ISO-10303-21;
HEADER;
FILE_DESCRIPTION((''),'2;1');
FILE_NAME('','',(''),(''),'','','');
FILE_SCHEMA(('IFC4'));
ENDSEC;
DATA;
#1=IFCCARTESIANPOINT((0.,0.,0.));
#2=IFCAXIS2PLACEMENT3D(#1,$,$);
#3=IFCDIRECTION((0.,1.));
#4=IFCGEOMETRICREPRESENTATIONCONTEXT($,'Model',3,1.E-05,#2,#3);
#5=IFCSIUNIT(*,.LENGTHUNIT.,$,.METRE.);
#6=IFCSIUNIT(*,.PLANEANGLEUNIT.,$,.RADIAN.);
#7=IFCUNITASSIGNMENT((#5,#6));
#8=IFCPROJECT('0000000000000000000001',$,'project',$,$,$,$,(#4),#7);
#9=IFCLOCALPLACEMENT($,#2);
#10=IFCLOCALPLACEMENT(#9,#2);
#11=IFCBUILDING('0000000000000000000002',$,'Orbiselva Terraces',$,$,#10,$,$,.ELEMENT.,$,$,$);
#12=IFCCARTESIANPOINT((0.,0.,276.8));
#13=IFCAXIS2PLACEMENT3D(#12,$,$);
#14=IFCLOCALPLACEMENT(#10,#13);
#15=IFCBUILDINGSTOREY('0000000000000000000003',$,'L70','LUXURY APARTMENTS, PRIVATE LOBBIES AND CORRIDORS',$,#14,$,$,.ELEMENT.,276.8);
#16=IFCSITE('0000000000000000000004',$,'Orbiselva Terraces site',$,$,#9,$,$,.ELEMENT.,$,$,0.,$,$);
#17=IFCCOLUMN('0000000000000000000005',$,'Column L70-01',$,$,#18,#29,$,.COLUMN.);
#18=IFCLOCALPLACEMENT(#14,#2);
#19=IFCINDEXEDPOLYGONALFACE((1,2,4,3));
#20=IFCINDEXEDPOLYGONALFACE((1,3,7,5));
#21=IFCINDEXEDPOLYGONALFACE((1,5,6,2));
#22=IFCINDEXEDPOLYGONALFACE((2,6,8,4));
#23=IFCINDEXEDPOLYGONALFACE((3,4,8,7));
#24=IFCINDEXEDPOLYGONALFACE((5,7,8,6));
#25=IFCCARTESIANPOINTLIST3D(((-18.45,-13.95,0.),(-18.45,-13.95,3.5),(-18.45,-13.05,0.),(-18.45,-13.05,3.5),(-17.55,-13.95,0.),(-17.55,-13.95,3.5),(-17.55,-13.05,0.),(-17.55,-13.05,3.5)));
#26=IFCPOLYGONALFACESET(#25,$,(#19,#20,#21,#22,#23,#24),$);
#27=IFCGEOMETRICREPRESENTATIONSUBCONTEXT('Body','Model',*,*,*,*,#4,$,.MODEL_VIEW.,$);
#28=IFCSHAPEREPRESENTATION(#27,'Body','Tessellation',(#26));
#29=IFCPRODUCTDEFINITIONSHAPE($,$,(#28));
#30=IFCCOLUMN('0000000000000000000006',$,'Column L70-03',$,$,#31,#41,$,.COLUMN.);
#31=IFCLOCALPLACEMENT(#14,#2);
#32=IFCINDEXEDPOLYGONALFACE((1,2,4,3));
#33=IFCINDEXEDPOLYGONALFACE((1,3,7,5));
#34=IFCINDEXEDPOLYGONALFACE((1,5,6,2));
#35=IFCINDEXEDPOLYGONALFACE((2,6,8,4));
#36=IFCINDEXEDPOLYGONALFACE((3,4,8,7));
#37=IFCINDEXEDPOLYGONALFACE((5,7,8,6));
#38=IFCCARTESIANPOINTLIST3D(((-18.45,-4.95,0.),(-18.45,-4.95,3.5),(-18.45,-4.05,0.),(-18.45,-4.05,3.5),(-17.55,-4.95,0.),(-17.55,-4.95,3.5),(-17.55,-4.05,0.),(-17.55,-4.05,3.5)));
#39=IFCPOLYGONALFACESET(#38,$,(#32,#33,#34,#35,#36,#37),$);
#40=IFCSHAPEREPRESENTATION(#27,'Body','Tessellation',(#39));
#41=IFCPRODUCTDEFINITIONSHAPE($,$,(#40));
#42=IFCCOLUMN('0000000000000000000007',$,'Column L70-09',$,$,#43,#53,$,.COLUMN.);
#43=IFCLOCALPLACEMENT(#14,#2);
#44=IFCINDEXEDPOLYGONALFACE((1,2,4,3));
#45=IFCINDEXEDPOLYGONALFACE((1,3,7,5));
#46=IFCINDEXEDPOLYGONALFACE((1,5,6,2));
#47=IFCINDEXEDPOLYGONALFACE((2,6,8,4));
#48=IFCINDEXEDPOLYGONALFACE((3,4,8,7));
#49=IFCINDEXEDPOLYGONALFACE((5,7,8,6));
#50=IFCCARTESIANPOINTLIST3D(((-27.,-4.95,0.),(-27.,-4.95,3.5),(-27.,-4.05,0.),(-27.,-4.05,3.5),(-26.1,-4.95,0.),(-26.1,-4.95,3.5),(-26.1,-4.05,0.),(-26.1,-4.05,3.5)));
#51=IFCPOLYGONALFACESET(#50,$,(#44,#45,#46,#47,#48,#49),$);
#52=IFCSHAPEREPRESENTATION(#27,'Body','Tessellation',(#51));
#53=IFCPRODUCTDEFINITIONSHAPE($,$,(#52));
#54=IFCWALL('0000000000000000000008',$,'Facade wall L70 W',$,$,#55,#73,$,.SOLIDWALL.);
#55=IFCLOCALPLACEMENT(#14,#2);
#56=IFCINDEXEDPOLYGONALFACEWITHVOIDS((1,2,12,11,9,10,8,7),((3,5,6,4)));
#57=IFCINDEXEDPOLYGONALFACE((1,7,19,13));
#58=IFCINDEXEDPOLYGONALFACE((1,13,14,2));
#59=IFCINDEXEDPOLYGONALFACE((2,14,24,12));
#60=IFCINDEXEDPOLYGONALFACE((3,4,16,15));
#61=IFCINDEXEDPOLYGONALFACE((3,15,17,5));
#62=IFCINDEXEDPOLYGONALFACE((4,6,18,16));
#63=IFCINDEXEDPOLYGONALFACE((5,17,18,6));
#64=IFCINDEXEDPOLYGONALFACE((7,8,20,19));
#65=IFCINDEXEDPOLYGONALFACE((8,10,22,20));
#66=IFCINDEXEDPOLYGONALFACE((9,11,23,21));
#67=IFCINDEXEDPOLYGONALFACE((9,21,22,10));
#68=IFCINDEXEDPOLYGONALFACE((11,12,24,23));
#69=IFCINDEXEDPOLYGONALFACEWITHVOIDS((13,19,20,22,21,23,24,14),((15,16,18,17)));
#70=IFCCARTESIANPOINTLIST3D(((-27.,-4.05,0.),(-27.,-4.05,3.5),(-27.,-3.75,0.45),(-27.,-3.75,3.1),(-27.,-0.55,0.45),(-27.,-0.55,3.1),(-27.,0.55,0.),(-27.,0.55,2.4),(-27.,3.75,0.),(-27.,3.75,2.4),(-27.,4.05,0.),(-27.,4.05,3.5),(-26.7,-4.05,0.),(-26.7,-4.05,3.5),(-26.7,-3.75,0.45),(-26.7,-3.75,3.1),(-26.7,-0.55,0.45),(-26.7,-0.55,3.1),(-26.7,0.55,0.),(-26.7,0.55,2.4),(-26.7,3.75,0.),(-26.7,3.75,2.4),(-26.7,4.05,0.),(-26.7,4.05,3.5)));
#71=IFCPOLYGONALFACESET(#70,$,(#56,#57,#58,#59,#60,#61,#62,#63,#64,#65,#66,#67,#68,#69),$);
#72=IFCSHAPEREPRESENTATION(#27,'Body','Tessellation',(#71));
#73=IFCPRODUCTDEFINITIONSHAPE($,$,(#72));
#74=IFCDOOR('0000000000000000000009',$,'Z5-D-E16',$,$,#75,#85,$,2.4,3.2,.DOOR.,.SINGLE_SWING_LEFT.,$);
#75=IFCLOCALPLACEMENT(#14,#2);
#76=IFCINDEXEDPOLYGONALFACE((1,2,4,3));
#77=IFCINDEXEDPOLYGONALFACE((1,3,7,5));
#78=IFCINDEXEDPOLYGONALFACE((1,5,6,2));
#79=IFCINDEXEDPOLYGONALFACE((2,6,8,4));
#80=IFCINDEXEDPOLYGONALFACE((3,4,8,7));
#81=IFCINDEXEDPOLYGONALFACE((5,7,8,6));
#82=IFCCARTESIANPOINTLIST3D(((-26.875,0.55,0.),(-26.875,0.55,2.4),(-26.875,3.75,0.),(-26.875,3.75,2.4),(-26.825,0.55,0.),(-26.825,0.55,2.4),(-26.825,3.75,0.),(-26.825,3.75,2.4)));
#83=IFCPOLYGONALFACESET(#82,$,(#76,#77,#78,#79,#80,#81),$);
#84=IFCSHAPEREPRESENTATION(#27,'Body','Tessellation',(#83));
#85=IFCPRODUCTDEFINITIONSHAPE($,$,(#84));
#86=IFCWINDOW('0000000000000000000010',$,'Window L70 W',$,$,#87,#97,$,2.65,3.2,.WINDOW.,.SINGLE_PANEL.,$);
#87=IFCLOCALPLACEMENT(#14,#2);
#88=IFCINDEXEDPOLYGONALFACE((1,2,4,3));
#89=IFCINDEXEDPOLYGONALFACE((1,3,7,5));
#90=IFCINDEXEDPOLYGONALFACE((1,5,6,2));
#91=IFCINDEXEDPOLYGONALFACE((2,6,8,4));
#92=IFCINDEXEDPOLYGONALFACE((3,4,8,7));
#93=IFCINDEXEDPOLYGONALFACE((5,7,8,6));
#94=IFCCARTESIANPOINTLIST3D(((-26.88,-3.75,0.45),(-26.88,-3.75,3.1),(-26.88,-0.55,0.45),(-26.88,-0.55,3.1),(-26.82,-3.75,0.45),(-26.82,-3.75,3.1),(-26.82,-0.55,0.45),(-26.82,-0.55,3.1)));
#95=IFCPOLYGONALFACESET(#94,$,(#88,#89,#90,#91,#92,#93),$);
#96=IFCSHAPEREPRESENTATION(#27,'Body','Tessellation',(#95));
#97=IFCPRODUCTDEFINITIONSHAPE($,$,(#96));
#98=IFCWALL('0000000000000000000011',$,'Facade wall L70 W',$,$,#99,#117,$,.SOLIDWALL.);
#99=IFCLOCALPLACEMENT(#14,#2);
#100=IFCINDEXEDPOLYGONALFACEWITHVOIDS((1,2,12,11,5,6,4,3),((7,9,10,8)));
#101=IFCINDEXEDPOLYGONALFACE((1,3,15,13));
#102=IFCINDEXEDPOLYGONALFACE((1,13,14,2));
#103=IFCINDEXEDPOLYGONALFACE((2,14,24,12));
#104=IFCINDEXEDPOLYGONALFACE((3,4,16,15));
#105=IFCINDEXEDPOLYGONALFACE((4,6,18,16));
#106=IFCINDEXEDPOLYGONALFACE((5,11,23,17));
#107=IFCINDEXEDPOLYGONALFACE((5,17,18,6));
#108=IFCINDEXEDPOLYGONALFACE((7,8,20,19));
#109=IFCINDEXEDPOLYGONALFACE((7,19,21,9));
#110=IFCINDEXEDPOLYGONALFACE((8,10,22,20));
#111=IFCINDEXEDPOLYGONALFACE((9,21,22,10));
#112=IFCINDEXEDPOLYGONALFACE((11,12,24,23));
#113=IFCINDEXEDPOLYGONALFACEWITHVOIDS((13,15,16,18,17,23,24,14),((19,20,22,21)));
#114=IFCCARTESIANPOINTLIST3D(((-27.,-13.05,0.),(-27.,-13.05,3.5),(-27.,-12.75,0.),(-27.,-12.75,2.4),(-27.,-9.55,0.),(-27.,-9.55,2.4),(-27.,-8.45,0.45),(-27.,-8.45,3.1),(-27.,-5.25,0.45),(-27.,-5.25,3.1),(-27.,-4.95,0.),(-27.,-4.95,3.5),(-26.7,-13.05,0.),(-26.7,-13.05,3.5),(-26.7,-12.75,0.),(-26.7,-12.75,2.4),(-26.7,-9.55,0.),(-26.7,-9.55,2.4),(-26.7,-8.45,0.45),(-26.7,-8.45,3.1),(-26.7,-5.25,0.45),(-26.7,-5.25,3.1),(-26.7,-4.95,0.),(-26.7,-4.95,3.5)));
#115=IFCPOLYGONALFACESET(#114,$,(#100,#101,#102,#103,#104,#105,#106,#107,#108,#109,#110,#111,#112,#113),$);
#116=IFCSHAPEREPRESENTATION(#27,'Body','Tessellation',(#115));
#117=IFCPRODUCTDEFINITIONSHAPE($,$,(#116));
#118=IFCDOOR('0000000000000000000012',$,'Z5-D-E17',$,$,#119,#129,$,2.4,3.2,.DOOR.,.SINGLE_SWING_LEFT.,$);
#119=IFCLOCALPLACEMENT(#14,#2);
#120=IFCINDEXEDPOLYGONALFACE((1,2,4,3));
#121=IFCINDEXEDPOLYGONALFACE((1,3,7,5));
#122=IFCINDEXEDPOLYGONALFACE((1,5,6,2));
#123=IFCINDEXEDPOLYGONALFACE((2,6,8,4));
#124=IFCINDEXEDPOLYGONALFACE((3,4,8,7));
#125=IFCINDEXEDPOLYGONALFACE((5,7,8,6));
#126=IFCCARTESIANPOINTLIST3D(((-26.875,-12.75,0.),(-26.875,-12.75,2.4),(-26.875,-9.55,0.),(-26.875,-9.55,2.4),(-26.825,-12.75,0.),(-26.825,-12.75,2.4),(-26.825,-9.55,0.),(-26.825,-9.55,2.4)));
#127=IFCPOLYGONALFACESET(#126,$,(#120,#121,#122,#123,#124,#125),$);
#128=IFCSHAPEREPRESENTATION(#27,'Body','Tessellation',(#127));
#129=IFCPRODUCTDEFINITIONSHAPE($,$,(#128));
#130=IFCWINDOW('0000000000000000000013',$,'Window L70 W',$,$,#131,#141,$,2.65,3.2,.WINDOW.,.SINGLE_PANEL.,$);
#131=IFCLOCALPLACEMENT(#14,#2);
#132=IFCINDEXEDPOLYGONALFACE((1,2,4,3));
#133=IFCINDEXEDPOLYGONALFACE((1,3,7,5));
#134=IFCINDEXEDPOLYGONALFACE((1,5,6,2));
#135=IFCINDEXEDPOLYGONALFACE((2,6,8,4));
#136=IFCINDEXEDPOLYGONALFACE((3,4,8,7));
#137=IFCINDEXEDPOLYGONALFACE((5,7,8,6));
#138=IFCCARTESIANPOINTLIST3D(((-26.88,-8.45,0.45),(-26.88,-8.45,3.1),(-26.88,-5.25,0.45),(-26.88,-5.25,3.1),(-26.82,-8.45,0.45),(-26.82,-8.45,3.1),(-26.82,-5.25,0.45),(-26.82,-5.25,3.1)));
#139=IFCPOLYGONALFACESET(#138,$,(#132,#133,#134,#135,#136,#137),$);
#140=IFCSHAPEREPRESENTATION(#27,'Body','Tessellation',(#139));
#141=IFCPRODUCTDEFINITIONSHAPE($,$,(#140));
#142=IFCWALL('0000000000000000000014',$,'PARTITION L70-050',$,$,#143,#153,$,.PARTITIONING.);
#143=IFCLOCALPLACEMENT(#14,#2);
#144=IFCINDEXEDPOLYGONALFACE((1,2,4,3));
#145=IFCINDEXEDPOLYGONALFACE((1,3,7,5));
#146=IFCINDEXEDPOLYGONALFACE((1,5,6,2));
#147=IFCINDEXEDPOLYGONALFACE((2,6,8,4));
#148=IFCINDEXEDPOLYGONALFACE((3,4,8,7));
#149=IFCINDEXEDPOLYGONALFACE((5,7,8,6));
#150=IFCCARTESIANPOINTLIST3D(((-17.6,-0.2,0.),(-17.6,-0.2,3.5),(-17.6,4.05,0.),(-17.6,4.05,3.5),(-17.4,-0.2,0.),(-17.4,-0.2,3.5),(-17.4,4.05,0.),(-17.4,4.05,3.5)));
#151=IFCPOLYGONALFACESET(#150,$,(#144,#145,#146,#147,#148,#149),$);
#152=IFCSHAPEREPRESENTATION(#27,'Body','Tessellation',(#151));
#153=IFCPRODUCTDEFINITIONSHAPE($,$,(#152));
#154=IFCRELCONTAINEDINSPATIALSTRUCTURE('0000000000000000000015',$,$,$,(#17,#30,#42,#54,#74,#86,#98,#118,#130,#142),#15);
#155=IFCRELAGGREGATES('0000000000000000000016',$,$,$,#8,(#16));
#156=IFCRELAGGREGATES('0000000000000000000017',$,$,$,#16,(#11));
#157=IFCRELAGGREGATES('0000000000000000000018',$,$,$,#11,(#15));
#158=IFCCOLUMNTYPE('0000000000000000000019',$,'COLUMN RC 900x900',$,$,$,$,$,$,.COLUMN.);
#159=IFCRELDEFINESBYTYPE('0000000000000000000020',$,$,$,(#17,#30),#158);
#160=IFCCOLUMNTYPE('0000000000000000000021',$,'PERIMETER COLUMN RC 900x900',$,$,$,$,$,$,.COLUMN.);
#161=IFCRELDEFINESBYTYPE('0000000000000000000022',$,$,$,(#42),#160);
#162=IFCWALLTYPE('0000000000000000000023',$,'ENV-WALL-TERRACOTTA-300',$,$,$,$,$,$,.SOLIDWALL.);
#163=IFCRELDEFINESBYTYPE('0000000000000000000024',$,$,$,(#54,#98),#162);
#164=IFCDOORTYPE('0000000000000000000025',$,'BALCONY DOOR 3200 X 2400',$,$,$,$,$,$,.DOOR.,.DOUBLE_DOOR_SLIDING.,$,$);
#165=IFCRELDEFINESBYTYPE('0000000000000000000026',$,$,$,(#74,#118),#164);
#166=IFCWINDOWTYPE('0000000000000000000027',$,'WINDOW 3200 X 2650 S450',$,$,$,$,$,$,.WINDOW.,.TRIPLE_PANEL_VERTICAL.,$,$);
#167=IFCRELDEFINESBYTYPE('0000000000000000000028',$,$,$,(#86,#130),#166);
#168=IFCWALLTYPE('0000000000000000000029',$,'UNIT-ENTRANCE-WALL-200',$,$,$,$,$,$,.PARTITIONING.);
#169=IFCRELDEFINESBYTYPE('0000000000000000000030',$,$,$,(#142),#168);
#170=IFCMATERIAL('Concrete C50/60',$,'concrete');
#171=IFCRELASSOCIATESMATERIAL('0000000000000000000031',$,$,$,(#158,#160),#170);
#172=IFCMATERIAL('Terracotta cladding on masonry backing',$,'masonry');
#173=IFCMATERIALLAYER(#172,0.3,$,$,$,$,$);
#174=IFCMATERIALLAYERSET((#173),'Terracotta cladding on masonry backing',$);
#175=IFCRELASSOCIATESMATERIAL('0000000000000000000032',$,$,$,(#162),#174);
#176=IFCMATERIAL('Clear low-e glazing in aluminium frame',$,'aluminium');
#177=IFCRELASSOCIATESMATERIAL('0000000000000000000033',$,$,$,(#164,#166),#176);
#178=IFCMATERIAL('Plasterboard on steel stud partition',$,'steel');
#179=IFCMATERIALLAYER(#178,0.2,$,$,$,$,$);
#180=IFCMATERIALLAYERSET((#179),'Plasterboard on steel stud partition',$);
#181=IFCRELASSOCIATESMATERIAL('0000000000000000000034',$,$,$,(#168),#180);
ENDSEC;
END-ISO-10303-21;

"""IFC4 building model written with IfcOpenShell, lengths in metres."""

from ifc_helpers import new_model, si_unit, direction, frame, frame_2d, origin, origin_2d, place, context, subcontext, project, spatial, rectangle, extrude, material, layer, layer_set, material_profile, profile_set, type_object, element, fill, save


model = new_model("IFC4")

# Units and contexts
model_context = context("Model", 3, precision=1e-05, world=origin(), true_north=direction((0.0, 1.0)))
body_context = subcontext(model_context, "Body", "Model", "MODEL_VIEW")
ifc_project = project(units=[si_unit("LENGTHUNIT", "METRE"), si_unit("PLANEANGLEUNIT", "RADIAN")], contexts=[model_context])

# Site, building, storey
site_placement = place(None, origin())
site = spatial("IfcSite", under=ifc_project, at=site_placement, Name="Orbiselva Terraces site", CompositionType="ELEMENT", RefElevation=0.0)
building_placement = place(site_placement, origin())
building = spatial("IfcBuilding", under=site, at=building_placement, Name="Orbiselva Terraces", CompositionType="ELEMENT")
storey_placement = place(building_placement, frame((0.0, 0.0, 276.8)))
storey = spatial("IfcBuildingStorey", under=building, at=storey_placement, Name="L70", Description="LUXURY APARTMENTS, PRIVATE LOBBIES AND CORRIDORS", CompositionType="ELEMENT", Elevation=276.8)

# Columns
ifc_material_1 = material(Name="Concrete C50/60", Category="concrete")
ifc_material_profile_1 = material_profile(ifc_material_1, rectangle(XDim=0.9, YDim=0.9, at=origin_2d()), Name="RC 900x900")
ifc_profile_set_1 = profile_set([ifc_material_profile_1], Name="Concrete C50/60")
column_type_1 = type_object("IfcColumnType", Name="COLUMN RC 900x900", PredefinedType="COLUMN", material=ifc_profile_set_1)
for number, where, z_axis, x_axis, name in (
    (1, (-18.0, -13.5, 0.0), (0.0, 0.0, 1.0), (1.0, 0.0, 0.0), "Column L70-01"),
    (2, (-18.0, -4.5, 0.0), (0.0, 0.0, 1.0), (1.0, 0.0, 0.0), "Column L70-03"),
):
    element("IfcColumn", number, at=place(storey_placement, frame(where, z_axis=z_axis, x_axis=x_axis)), inside=storey, type_object=column_type_1, Name=name, PredefinedType="COLUMN", context=body_context, shape_type="SweptSolid", body=[
        extrude(rectangle(XDim=0.9, YDim=0.9, at=origin_2d()), origin(), (0.0, 0.0, 1.0), 3.5),
    ])
ifc_material_profile_2 = material_profile(ifc_material_1, rectangle(XDim=0.9, YDim=0.9, at=origin_2d()), Name="RC 900x900")
ifc_profile_set_2 = profile_set([ifc_material_profile_2], Name="Concrete C50/60")
column_type_2 = type_object("IfcColumnType", Name="PERIMETER COLUMN RC 900x900", PredefinedType="COLUMN", material=ifc_profile_set_2)
column_placement = place(storey_placement, frame((-26.55, -4.5, 0.0), z_axis=(0.0, 0.0, 1.0), x_axis=(1.0, 0.0, 0.0)))
element("IfcColumn", 3, at=column_placement, inside=storey, type_object=column_type_2, Name="Column L70-09", PredefinedType="COLUMN", context=body_context, shape_type="SweptSolid", body=[
    extrude(rectangle(XDim=0.9, YDim=0.9, at=origin_2d()), origin(), (0.0, 0.0, 1.0), 3.5),
])

# Walls, openings, doors, windows
ifc_material_2 = material(Name="Terracotta cladding on masonry backing", Category="masonry")
ifc_layer_1 = layer(ifc_material_2, 0.3)
ifc_layer_set_1 = layer_set([ifc_layer_1], Name="Terracotta cladding on masonry backing")
wall_type_1 = type_object("IfcWallType", Name="ENV-WALL-TERRACOTTA-300", PredefinedType="SOLIDWALL", material=ifc_layer_set_1)
wall_1_placement = place(storey_placement, frame((-26.85, -4.05, 0.0), z_axis=(0.0, 0.0, 1.0), x_axis=(0.0, 1.0, 0.0)))
wall_1 = element("IfcWall", 4, at=wall_1_placement, inside=storey, type_object=wall_type_1, Name="Facade wall L70 W", PredefinedType="SOLIDWALL", context=body_context, shape_type="SweptSolid", body=[
    extrude(rectangle(XDim=8.1, YDim=0.3, at=frame_2d((4.05, 0.0))), origin(), (0.0, 0.0, 1.0), 3.5),
])
opening_1_placement = place(wall_1_placement, frame((4.6, 0.0, 0.0)))
opening_1 = element("IfcOpeningElement", 5, at=opening_1_placement, cuts=wall_1, PredefinedType="OPENING", context=body_context, shape_type="SweptSolid", body=[
    extrude(rectangle(XDim=3.2, YDim=2.4, at=frame_2d((1.6, 1.2))), frame((0.0, 0.16, 0.0), z_axis=(0.0, -1.0, 0.0), x_axis=(1.0, 0.0, 0.0)), (0.0, 0.0, 1.0), 0.32),
])
opening_2_placement = place(wall_1_placement, frame((0.3, 0.0, 0.45)))
opening_2 = element("IfcOpeningElement", 6, at=opening_2_placement, cuts=wall_1, PredefinedType="OPENING", context=body_context, shape_type="SweptSolid", body=[
    extrude(rectangle(XDim=3.2, YDim=2.65, at=frame_2d((1.6, 1.325))), frame((0.0, 0.16, 0.0), z_axis=(0.0, -1.0, 0.0), x_axis=(1.0, 0.0, 0.0)), (0.0, 0.0, 1.0), 0.32),
])
ifc_material_3 = material(Name="Clear low-e glazing in aluminium frame", Category="aluminium")
door_type_1 = type_object("IfcDoorType", Name="BALCONY DOOR 3200 X 2400", OperationType="DOUBLE_DOOR_SLIDING", PredefinedType="DOOR", material=ifc_material_3)
door_1_placement = place(opening_1_placement, origin())
door_1 = element("IfcDoor", 7, at=door_1_placement, inside=storey, type_object=door_type_1, Name="Z5-D-E16", OperationType="SINGLE_SWING_LEFT", OverallHeight=2.4, OverallWidth=3.2, PredefinedType="DOOR", context=body_context, shape_type="SweptSolid", body=[
    extrude(rectangle(XDim=3.2, YDim=2.4, at=frame_2d((1.6, 1.2))), frame((0.0, 0.025, 0.0), z_axis=(0.0, -1.0, 0.0), x_axis=(1.0, 0.0, 0.0)), (0.0, 0.0, 1.0), 0.05),
])
fill(opening_1, door_1)
window_type = type_object("IfcWindowType", Name="WINDOW 3200 X 2650 S450", PartitioningType="TRIPLE_PANEL_VERTICAL", PredefinedType="WINDOW", material=ifc_material_3)
window_1_placement = place(opening_2_placement, origin())
window_1 = element("IfcWindow", 8, at=window_1_placement, inside=storey, type_object=window_type, Name="Window L70 W", OverallHeight=2.65, OverallWidth=3.2, PartitioningType="SINGLE_PANEL", PredefinedType="WINDOW", context=body_context, shape_type="SweptSolid", body=[
    extrude(rectangle(XDim=3.2, YDim=2.65, at=frame_2d((1.6, 1.325))), frame((0.0, 0.03, 0.0), z_axis=(0.0, -1.0, 0.0), x_axis=(1.0, 0.0, 0.0)), (0.0, 0.0, 1.0), 0.06),
])
fill(opening_2, window_1)
wall_2_placement = place(storey_placement, frame((-26.85, -13.05, 0.0), z_axis=(0.0, 0.0, 1.0), x_axis=(0.0, 1.0, 0.0)))
wall_2 = element("IfcWall", 9, at=wall_2_placement, inside=storey, type_object=wall_type_1, Name="Facade wall L70 W", PredefinedType="SOLIDWALL", context=body_context, shape_type="SweptSolid", body=[
    extrude(rectangle(XDim=8.1, YDim=0.3, at=frame_2d((4.05, 0.0))), origin(), (0.0, 0.0, 1.0), 3.5),
])
opening_3_placement = place(wall_2_placement, frame((4.6, 0.0, 0.45)))
opening_3 = element("IfcOpeningElement", 10, at=opening_3_placement, cuts=wall_2, PredefinedType="OPENING", context=body_context, shape_type="SweptSolid", body=[
    extrude(rectangle(XDim=3.2, YDim=2.65, at=frame_2d((1.6, 1.325))), frame((0.0, 0.16, 0.0), z_axis=(0.0, -1.0, 0.0), x_axis=(1.0, 0.0, 0.0)), (0.0, 0.0, 1.0), 0.32),
])
opening_4_placement = place(wall_2_placement, frame((0.3, 0.0, 0.0)))
opening_4 = element("IfcOpeningElement", 11, at=opening_4_placement, cuts=wall_2, PredefinedType="OPENING", context=body_context, shape_type="SweptSolid", body=[
    extrude(rectangle(XDim=3.2, YDim=2.4, at=frame_2d((1.6, 1.2))), frame((0.0, 0.16, 0.0), z_axis=(0.0, -1.0, 0.0), x_axis=(1.0, 0.0, 0.0)), (0.0, 0.0, 1.0), 0.32),
])
door_2_placement = place(opening_4_placement, origin())
door_2 = element("IfcDoor", 12, at=door_2_placement, inside=storey, type_object=door_type_1, Name="Z5-D-E17", OperationType="SINGLE_SWING_LEFT", OverallHeight=2.4, OverallWidth=3.2, PredefinedType="DOOR", context=body_context, shape_type="SweptSolid", body=[
    extrude(rectangle(XDim=3.2, YDim=2.4, at=frame_2d((1.6, 1.2))), frame((0.0, 0.025, 0.0), z_axis=(0.0, -1.0, 0.0), x_axis=(1.0, 0.0, 0.0)), (0.0, 0.0, 1.0), 0.05),
])
fill(opening_4, door_2)
window_2_placement = place(opening_3_placement, origin())
window_2 = element("IfcWindow", 13, at=window_2_placement, inside=storey, type_object=window_type, Name="Window L70 W", OverallHeight=2.65, OverallWidth=3.2, PartitioningType="SINGLE_PANEL", PredefinedType="WINDOW", context=body_context, shape_type="SweptSolid", body=[
    extrude(rectangle(XDim=3.2, YDim=2.65, at=frame_2d((1.6, 1.325))), frame((0.0, 0.03, 0.0), z_axis=(0.0, -1.0, 0.0), x_axis=(1.0, 0.0, 0.0)), (0.0, 0.0, 1.0), 0.06),
])
fill(opening_3, window_2)

# Wall
ifc_material_4 = material(Name="Plasterboard on steel stud partition", Category="steel")
ifc_layer_2 = layer(ifc_material_4, 0.2)
ifc_layer_set_2 = layer_set([ifc_layer_2], Name="Plasterboard on steel stud partition")
wall_type_2 = type_object("IfcWallType", Name="UNIT-ENTRANCE-WALL-200", PredefinedType="PARTITIONING", material=ifc_layer_set_2)
wall_3_placement = place(storey_placement, frame((-17.5, -0.2, 0.0), z_axis=(0.0, 0.0, 1.0), x_axis=(0.0, 1.0, 0.0)))
element("IfcWall", 14, at=wall_3_placement, inside=storey, type_object=wall_type_2, Name="PARTITION L70-050", PredefinedType="PARTITIONING", context=body_context, shape_type="SweptSolid", body=[
    extrude(rectangle(XDim=4.25, YDim=0.2, at=frame_2d((2.125, 0.0))), origin(), (0.0, 0.0, 1.0), 3.5),
])

save(model, "model.ifc")
